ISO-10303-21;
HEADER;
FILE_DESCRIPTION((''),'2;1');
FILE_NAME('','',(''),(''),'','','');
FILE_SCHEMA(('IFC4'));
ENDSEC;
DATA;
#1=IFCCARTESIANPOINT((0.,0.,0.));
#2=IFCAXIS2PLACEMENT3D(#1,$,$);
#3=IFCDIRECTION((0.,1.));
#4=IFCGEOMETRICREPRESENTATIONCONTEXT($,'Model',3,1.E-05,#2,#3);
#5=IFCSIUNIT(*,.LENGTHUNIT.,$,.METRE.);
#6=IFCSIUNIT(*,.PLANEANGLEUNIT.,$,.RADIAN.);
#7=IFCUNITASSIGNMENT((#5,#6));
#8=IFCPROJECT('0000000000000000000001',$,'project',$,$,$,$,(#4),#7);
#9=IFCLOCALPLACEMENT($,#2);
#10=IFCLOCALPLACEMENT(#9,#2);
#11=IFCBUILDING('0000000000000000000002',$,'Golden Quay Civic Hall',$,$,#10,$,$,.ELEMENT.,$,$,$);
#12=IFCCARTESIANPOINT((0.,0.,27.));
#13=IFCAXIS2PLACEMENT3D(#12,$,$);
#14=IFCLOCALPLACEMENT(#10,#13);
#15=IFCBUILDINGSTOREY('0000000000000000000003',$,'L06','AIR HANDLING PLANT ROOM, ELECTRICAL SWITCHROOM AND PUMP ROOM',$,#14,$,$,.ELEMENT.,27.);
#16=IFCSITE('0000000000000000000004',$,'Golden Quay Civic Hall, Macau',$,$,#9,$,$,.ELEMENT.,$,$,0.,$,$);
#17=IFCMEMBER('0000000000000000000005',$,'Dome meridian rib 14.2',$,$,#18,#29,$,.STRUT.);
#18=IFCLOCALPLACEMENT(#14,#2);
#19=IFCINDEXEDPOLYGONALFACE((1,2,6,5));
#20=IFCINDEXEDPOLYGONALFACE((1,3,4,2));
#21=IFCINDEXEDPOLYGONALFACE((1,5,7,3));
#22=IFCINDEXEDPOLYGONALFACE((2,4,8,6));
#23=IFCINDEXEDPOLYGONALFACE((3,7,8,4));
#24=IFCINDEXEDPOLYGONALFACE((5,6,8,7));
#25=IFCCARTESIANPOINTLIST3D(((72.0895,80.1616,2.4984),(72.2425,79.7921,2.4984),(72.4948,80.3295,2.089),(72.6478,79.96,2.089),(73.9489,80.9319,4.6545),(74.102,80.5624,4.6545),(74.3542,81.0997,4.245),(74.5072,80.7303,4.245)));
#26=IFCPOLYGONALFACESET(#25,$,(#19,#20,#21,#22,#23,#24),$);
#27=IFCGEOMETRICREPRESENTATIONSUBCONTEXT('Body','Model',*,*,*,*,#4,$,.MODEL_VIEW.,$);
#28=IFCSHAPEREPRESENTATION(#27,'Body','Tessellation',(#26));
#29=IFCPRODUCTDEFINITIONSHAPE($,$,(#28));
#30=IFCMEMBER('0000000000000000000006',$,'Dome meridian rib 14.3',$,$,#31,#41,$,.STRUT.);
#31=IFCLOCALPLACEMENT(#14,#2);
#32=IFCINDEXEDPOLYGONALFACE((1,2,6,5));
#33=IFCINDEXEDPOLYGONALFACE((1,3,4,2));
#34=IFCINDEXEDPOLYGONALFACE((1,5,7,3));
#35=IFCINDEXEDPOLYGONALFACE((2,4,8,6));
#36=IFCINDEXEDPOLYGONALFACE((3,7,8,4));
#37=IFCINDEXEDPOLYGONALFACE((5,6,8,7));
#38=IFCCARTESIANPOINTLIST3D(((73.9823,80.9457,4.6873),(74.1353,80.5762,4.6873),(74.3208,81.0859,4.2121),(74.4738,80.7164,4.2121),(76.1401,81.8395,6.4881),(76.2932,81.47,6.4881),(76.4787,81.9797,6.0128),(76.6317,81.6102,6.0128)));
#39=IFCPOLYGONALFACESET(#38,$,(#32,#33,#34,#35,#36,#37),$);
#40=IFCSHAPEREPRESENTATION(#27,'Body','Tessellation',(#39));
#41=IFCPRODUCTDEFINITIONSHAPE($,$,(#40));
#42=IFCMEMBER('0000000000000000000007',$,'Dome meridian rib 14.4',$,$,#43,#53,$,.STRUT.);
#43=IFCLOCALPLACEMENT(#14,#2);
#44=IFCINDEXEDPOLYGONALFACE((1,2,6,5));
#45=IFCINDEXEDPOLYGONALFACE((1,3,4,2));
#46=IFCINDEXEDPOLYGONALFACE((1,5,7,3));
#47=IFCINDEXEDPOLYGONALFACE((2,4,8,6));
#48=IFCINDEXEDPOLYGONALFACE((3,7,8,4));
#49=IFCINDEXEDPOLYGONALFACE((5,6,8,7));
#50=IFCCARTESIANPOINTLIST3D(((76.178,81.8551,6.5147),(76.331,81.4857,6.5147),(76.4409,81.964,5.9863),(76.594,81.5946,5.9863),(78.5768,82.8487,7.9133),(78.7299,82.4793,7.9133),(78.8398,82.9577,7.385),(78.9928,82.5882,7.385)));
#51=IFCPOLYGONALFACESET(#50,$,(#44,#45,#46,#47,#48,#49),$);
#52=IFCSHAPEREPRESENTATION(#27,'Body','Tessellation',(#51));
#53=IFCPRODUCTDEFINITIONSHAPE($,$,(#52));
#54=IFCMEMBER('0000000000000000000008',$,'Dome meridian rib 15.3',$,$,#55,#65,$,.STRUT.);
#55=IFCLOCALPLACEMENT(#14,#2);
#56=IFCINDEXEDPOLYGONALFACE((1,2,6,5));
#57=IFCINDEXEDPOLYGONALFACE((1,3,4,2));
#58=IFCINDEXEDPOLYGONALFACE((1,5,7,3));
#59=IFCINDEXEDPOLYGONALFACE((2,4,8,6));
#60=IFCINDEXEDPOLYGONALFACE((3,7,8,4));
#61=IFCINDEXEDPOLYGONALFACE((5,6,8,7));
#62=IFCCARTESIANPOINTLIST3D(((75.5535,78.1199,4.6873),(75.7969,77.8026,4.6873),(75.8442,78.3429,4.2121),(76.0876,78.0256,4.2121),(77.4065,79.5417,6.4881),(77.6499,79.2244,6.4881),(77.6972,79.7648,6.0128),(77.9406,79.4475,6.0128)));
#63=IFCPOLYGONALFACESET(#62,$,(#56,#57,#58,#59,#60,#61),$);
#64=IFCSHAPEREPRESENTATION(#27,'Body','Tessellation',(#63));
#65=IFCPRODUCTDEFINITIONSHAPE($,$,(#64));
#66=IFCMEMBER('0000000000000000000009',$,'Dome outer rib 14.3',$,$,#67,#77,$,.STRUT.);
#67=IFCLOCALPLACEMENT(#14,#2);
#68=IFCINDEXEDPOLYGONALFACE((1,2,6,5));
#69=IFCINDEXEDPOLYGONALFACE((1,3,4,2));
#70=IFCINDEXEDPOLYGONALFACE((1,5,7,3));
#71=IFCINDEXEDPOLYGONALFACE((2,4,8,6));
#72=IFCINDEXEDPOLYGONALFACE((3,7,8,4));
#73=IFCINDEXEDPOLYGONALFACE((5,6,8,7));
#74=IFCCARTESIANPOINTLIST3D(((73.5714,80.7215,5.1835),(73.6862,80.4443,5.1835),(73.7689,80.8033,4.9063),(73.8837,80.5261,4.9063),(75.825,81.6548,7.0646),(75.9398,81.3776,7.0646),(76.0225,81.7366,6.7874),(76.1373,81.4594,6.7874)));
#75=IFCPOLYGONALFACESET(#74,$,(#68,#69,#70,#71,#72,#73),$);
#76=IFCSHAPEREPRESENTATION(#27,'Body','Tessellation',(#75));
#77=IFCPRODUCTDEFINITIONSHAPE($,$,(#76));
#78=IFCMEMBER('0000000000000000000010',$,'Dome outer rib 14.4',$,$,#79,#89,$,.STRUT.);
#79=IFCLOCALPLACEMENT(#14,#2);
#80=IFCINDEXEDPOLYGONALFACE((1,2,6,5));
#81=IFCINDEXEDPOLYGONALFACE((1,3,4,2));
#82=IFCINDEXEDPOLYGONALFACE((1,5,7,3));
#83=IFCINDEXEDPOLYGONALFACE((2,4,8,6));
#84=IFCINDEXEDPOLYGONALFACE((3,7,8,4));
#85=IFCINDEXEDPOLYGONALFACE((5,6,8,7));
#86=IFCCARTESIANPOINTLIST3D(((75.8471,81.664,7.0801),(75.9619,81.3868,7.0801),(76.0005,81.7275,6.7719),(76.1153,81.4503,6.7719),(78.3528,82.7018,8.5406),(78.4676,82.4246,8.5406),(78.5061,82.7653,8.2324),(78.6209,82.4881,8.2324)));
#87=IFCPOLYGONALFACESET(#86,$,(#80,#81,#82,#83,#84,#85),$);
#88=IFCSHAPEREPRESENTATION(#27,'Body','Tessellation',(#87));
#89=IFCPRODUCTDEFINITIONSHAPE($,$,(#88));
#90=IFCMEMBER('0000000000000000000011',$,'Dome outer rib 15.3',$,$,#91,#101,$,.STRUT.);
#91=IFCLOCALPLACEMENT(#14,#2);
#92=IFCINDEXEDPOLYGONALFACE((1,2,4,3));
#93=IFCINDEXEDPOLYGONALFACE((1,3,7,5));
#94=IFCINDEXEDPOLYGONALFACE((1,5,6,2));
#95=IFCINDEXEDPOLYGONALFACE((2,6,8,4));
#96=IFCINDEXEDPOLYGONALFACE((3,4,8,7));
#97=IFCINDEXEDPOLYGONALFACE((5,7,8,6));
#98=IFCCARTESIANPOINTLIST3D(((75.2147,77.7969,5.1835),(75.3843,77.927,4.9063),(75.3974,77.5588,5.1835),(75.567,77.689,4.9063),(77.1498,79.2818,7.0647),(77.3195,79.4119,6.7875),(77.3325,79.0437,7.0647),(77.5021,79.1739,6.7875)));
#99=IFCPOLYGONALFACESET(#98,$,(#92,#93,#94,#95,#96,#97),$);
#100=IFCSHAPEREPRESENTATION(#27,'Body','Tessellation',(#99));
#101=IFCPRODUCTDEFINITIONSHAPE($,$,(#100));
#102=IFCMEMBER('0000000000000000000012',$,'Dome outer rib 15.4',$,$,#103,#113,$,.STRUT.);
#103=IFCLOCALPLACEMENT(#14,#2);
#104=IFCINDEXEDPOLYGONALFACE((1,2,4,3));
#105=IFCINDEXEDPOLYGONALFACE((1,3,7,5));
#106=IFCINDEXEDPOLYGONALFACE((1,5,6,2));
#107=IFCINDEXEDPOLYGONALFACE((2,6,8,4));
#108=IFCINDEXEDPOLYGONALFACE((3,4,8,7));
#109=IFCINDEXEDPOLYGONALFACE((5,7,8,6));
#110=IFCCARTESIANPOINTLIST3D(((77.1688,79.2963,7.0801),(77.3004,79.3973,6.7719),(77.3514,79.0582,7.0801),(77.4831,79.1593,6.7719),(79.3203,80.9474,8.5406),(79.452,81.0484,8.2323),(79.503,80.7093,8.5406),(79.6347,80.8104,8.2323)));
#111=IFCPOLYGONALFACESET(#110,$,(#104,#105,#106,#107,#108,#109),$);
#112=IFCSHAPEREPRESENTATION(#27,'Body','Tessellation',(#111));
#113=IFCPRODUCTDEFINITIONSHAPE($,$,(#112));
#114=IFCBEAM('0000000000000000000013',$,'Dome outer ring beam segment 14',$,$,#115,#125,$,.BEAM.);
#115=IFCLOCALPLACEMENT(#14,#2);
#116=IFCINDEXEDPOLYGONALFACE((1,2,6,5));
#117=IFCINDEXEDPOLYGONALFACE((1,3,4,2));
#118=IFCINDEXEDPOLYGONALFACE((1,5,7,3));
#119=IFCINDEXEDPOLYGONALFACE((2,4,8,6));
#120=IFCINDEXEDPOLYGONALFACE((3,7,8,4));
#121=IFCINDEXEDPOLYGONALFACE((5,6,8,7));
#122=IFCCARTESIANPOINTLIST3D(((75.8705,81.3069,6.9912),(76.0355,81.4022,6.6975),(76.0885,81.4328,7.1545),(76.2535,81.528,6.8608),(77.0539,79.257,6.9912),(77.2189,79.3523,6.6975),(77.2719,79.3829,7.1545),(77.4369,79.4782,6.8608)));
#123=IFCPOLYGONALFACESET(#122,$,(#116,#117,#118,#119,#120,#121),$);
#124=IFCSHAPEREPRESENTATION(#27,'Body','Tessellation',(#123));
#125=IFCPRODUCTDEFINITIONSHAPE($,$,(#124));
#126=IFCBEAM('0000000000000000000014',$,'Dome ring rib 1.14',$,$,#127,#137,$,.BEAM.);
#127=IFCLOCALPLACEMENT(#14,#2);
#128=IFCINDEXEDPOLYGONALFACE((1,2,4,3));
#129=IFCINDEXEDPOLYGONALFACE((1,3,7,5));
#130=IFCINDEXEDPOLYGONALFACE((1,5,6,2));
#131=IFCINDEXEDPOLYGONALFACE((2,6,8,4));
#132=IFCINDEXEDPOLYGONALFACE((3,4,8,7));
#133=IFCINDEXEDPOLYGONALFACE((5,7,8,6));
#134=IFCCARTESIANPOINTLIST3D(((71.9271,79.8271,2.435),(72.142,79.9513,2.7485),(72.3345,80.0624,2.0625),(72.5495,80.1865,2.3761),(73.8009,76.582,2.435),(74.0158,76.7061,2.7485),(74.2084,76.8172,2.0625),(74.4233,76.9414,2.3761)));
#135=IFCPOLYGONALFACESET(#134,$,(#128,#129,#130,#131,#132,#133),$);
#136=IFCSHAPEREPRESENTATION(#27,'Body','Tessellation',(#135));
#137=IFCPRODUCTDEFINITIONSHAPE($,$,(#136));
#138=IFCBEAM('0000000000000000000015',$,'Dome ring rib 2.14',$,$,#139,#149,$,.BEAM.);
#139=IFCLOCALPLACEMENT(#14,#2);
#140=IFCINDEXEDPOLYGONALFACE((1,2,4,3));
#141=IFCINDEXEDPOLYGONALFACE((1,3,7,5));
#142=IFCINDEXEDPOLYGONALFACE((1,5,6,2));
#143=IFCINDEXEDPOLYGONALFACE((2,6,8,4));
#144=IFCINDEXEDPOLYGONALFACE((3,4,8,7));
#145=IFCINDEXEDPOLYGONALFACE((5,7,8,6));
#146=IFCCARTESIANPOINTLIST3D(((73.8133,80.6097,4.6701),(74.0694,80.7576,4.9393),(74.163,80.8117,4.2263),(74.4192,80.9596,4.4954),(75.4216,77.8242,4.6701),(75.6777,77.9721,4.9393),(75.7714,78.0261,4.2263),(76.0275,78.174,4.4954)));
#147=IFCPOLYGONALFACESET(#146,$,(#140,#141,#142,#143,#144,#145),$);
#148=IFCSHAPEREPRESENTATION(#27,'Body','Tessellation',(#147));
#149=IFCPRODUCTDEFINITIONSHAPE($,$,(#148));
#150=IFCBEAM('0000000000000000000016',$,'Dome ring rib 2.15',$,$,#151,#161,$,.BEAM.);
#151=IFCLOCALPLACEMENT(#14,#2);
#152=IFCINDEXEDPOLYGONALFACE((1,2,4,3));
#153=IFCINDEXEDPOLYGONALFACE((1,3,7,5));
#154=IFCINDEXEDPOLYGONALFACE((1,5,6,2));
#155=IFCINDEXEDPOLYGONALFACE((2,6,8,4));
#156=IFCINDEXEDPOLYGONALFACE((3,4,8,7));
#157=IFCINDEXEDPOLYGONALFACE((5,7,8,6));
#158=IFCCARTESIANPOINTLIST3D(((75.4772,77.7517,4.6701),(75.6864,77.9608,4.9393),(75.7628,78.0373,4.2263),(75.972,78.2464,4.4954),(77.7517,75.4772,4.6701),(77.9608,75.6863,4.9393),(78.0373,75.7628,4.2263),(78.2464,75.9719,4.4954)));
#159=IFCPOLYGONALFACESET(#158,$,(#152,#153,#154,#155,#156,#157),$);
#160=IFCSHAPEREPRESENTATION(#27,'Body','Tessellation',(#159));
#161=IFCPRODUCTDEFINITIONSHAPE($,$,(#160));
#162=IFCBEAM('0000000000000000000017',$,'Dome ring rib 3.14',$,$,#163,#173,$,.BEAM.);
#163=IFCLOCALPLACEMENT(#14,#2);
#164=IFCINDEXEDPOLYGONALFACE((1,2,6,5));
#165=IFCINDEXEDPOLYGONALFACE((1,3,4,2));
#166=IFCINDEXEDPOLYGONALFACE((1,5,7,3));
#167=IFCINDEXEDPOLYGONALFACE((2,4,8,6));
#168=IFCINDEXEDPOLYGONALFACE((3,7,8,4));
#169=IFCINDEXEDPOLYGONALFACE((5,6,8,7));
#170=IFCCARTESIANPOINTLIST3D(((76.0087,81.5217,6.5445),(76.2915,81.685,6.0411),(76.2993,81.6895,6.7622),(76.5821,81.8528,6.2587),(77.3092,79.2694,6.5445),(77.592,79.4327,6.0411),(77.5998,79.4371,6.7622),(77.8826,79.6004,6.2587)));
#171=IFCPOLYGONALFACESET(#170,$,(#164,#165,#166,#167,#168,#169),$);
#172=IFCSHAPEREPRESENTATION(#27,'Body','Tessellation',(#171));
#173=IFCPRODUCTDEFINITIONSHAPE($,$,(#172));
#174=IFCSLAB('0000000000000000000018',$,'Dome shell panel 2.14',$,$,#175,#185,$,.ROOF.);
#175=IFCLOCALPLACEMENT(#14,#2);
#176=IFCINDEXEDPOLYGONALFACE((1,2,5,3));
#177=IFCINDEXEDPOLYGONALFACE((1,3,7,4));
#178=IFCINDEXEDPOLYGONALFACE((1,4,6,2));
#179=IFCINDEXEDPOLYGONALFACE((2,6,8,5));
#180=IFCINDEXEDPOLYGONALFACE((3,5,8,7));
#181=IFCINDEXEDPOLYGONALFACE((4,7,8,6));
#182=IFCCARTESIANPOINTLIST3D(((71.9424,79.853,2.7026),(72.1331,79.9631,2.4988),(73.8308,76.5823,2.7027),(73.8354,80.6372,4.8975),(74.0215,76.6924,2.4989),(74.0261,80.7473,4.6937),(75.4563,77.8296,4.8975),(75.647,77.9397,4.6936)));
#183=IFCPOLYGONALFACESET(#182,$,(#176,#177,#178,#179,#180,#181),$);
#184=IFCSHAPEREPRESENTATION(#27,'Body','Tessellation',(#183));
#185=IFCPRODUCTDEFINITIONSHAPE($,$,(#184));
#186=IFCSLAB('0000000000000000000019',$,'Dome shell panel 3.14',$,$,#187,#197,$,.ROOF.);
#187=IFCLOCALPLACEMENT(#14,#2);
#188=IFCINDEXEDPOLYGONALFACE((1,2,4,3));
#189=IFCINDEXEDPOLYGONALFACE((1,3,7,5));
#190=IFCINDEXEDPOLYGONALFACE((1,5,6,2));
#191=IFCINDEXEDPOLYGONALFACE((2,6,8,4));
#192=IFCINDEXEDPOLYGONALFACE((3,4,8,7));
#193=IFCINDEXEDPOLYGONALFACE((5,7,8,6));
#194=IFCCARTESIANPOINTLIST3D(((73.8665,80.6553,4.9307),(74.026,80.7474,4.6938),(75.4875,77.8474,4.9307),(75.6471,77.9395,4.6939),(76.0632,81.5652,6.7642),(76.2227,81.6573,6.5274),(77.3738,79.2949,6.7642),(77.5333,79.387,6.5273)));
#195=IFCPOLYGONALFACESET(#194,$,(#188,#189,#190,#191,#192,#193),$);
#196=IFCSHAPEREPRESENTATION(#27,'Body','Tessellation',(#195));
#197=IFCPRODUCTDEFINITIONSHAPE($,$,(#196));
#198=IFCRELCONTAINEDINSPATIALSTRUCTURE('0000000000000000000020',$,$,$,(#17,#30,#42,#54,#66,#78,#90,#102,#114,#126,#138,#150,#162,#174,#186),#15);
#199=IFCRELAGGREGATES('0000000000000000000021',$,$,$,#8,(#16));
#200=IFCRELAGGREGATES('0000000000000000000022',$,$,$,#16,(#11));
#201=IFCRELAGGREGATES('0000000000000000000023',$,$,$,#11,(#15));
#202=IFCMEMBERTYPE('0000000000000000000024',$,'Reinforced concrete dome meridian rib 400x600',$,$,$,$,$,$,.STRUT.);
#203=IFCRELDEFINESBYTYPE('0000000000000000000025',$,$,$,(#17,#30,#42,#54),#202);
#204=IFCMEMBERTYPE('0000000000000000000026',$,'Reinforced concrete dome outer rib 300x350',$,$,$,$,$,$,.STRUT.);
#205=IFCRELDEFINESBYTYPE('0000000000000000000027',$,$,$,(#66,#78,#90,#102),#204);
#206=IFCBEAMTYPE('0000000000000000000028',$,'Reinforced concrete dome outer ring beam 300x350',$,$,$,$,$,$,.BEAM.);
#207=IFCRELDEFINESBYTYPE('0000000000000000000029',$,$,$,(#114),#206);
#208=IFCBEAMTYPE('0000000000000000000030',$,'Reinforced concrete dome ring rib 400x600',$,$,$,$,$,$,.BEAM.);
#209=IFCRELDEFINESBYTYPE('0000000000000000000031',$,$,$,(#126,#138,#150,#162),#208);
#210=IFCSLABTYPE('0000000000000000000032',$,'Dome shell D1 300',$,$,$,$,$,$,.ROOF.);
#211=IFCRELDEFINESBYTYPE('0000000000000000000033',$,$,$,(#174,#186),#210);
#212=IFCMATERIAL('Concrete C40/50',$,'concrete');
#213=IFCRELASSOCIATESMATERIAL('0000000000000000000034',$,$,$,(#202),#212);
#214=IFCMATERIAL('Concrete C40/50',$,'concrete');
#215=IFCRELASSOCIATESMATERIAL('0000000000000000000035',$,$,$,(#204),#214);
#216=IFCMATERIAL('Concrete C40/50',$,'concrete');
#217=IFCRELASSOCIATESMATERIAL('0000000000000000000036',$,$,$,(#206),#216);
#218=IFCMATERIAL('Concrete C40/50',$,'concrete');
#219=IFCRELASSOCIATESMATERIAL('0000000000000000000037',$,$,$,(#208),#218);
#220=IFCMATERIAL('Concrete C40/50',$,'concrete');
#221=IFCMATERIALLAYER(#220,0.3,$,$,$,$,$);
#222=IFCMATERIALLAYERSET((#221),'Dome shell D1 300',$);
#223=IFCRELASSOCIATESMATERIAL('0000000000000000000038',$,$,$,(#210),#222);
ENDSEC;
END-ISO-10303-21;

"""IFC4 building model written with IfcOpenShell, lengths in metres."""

from ifc_helpers import new_model, si_unit, direction, frame, origin, origin_2d, place, context, subcontext, project, spatial, polyline, rectangle, outline, extrude, material, layer, layer_set, material_profile, profile_set, type_object, element, save


model = new_model("IFC4")

# Units and contexts
model_context = context("Model", 3, precision=1e-05, world=origin(), true_north=direction((0.0, 1.0)))
body_context = subcontext(model_context, "Body", "Model", "MODEL_VIEW")
ifc_project = project(units=[si_unit("LENGTHUNIT", "METRE"), si_unit("PLANEANGLEUNIT", "RADIAN")], contexts=[model_context])

# Site, building, storey
site_placement = place(None, origin())
site = spatial("IfcSite", under=ifc_project, at=site_placement, Name="Golden Quay Civic Hall, Macau", CompositionType="ELEMENT", RefElevation=0.0)
building_placement = place(site_placement, origin())
building = spatial("IfcBuilding", under=site, at=building_placement, Name="Golden Quay Civic Hall", CompositionType="ELEMENT")
storey_placement = place(building_placement, frame((0.0, 0.0, 27.0)))
storey = spatial("IfcBuildingStorey", under=building, at=storey_placement, Name="L06", Description="AIR HANDLING PLANT ROOM, ELECTRICAL SWITCHROOM AND PUMP ROOM", CompositionType="ELEMENT", Elevation=27.0)

# Members
ifc_material_1 = material(Name="Concrete C40/50", Category="concrete")
ifc_material_profile_1 = material_profile(ifc_material_1, rectangle(XDim=0.3999, YDim=0.6001, at=origin_2d()), Name="RC 400x600")
ifc_profile_set_1 = profile_set([ifc_material_profile_1], Name="Concrete C40/50")
member_type_1 = type_object("IfcMemberType", Name="Reinforced concrete dome meridian rib 400x600", PredefinedType="STRUT", material=ifc_profile_set_1)
member_placement = place(storey_placement, frame((72.3687, 80.0608, 2.2937), z_axis=(0.630425, 0.26116, 0.730999), x_axis=(-0.38272, 0.923865, 0.0)))
element("IfcMember", 1, at=member_placement, inside=storey, type_object=member_type_1, Name="Dome meridian rib 14.2", PredefinedType="STRUT", context=body_context, shape_type="SweptSolid", body=[
    extrude(rectangle(XDim=0.3999, YDim=0.6001, at=origin_2d()), origin(), (0.0, 0.0, 1.0), 2.9495),
])
for number, where, z_axis, x_axis, name in (
    (2, (74.228, 80.8311, 4.4497), (0.731681, 0.303053, 0.610575), (-0.382663, 0.923888, 0.0), "Dome meridian rib 14.3"),
    (3, (76.386, 81.7249, 6.2505), (0.813382, 0.336909, 0.474238), (-0.382678, 0.923882, 0.0), "Dome meridian rib 14.4"),
    (4, (75.8206, 78.0728, 4.4497), (0.628298, 0.482109, 0.610583), (-0.608761, 0.793354, 0.0), "Dome meridian rib 15.3"),
):
    element("IfcMember", number, at=place(storey_placement, frame(where, z_axis=z_axis, x_axis=x_axis)), inside=storey, type_object=member_type_1, Name=name, PredefinedType="STRUT", context=body_context, shape_type="SweptSolid", body=[
        extrude(rectangle(XDim=0.3999, YDim=0.6001, at=origin_2d()), origin(), (0.0, 0.0, 1.0), 2.9492),
    ])
ifc_material_2 = material(Name="Concrete C40/50", Category="concrete")
ifc_material_profile_2 = material_profile(ifc_material_2, rectangle(XDim=0.3, YDim=0.3501, at=origin_2d()), Name="RC 300x350")
ifc_profile_set_2 = profile_set([ifc_material_profile_2], Name="Concrete C40/50")
member_type_2 = type_object("IfcMemberType", Name="Reinforced concrete dome outer rib 300x350", PredefinedType="STRUT", material=ifc_profile_set_2)
for number, where, z_axis, x_axis, name in (
    (5, (73.7275, 80.6238, 5.0449), (0.73162, 0.302999, 0.610674), (-0.382632, 0.923901, 0.0), "Dome outer rib 14.3"),
    (6, (75.9812, 81.5571, 6.926), (0.813437, 0.336931, 0.474128), (-0.382678, 0.923882, 0.0), "Dome outer rib 14.4"),
    (7, (75.3909, 77.7429, 5.0449), (0.628219, 0.482062, 0.610702), (-0.608772, 0.793345, 0.0), "Dome outer rib 15.3"),
    (8, (77.3259, 79.2278, 6.926), (0.698496, 0.536018, 0.474118), (-0.608792, 0.79333, 0.0), "Dome outer rib 15.4"),
):
    element("IfcMember", number, at=place(storey_placement, frame(where, z_axis=z_axis, x_axis=x_axis)), inside=storey, type_object=member_type_2, Name=name, PredefinedType="STRUT", context=body_context, shape_type="SweptSolid", body=[
        extrude(rectangle(XDim=0.3, YDim=0.3501, at=origin_2d()), origin(), (0.0, 0.0, 1.0), 3.0803),
    ])

# Beams
ifc_material_3 = material(Name="Concrete C40/50", Category="concrete")
ifc_material_profile_3 = material_profile(ifc_material_3, rectangle(XDim=0.3, YDim=0.3501, at=origin_2d()), Name="RC 300x350")
ifc_profile_set_3 = profile_set([ifc_material_profile_3], Name="Concrete C40/50")
beam_type_1 = type_object("IfcBeamType", Name="Reinforced concrete dome outer ring beam 300x350", PredefinedType="BEAM", material=ifc_profile_set_3)
beam_1_placement = place(storey_placement, frame((76.062, 81.4175, 6.926), z_axis=(0.499967, -0.866045, 0.0), x_axis=(0.726568, 0.419447, 0.544209)))
element("IfcBeam", 9, at=beam_1_placement, inside=storey, type_object=beam_type_1, Name="Dome outer ring beam segment 14", PredefinedType="BEAM", context=body_context, shape_type="SweptSolid", body=[
    extrude(rectangle(XDim=0.3, YDim=0.3501, at=origin_2d()), origin(), (0.0, 0.0, 1.0), 2.3669),
])
ifc_material_4 = material(Name="Concrete C40/50", Category="concrete")
ifc_material_profile_4 = material_profile(ifc_material_4, rectangle(XDim=0.3999, YDim=0.6001, at=origin_2d()), Name="RC 400x600")
ifc_profile_set_4 = profile_set([ifc_material_profile_4], Name="Concrete C40/50")
beam_type_2 = type_object("IfcBeamType", Name="Reinforced concrete dome ring rib 400x600", PredefinedType="BEAM", material=ifc_profile_set_4)
beam_2_placement = place(storey_placement, frame((72.2383, 80.0068, 2.4055), z_axis=(0.500042, -0.866001, 0.0), x_axis=(0.537493, 0.310356, 0.784079)))
element("IfcBeam", 10, at=beam_2_placement, inside=storey, type_object=beam_type_2, Name="Dome ring rib 1.14", PredefinedType="BEAM", context=body_context, shape_type="SweptSolid", body=[
    extrude(rectangle(XDim=0.3999, YDim=0.6001, at=origin_2d()), origin(), (0.0, 0.0, 1.0), 3.7473),
])
for number, where, z_axis, x_axis, name in (
    (11, (74.1162, 80.7847, 4.5828), (0.500025, -0.866011, 0.0), (0.640497, 0.369816, 0.673053), "Dome ring rib 2.14"),
    (12, (75.7246, 77.999, 4.5828), (0.707107, -0.707107, 0.0), (0.522972, 0.522972, 0.673053), "Dome ring rib 2.15"),
):
    element("IfcBeam", number, at=place(storey_placement, frame(where, z_axis=z_axis, x_axis=x_axis)), inside=storey, type_object=beam_type_2, Name=name, PredefinedType="BEAM", context=body_context, shape_type="SweptSolid", body=[
        extrude(rectangle(XDim=0.3999, YDim=0.6001, at=origin_2d()), origin(), (0.0, 0.0, 1.0), 3.2166),
    ])
beam_3_placement = place(storey_placement, frame((76.2954, 81.6873, 6.4016), z_axis=(0.500026, -0.866011, 0.0), x_axis=(0.726539, 0.419497, 0.544209)))
element("IfcBeam", 13, at=beam_3_placement, inside=storey, type_object=beam_type_2, Name="Dome ring rib 3.14", PredefinedType="BEAM", context=body_context, shape_type="SweptSolid", body=[
    extrude(rectangle(XDim=0.3999, YDim=0.6001, at=origin_2d()), origin(), (0.0, 0.0, 1.0), 2.6008),
])

# Slabs
ifc_material_5 = material(Name="Concrete C40/50", Category="concrete")
ifc_layer_1 = layer(ifc_material_5, 0.3)
ifc_layer_set_1 = layer_set([ifc_layer_1], Name="Dome shell D1 300")
slab_type = type_object("IfcSlabType", Name="Dome shell D1 300", PredefinedType="ROOF", material=ifc_layer_set_1)
slab_1_placement = place(storey_placement, frame((71.9424, 79.853, 2.7026), z_axis=(-0.635573, -0.366941, 0.679265), x_axis=(0.500001, -0.866025, 0.000011)))
element("IfcSlab", 14, at=slab_1_placement, inside=storey, type_object=slab_type, Name="Dome shell panel 2.14", PredefinedType="ROOF", context=body_context, shape_type="SweptSolid", body=[
    extrude(outline(polyline([(0.0, 0.0), (3.7768, 0.0), (3.5093, 2.9906), (0.2674, 2.9907), (0.0, 0.0)])), origin(), (0.0, 0.0, -1.0), 0.3),
])
slab_2_placement = place(storey_placement, frame((73.8665, 80.6553, 4.9307), z_axis=(-0.531698, -0.306954, 0.789352), x_axis=(0.499986, -0.866034, 0.000012)))
element("IfcSlab", 15, at=slab_2_placement, inside=storey, type_object=slab_type, Name="Dome shell panel 3.14", PredefinedType="ROOF", context=body_context, shape_type="SweptSolid", body=[
    extrude(outline(polyline([(0.0, 0.0), (3.2422, 0.0), (2.9317, 2.9864), (0.3104, 2.9865), (0.0, 0.0)])), origin(), (0.0, 0.0, -1.0), 0.3),
])

save(model, "model.ifc")
